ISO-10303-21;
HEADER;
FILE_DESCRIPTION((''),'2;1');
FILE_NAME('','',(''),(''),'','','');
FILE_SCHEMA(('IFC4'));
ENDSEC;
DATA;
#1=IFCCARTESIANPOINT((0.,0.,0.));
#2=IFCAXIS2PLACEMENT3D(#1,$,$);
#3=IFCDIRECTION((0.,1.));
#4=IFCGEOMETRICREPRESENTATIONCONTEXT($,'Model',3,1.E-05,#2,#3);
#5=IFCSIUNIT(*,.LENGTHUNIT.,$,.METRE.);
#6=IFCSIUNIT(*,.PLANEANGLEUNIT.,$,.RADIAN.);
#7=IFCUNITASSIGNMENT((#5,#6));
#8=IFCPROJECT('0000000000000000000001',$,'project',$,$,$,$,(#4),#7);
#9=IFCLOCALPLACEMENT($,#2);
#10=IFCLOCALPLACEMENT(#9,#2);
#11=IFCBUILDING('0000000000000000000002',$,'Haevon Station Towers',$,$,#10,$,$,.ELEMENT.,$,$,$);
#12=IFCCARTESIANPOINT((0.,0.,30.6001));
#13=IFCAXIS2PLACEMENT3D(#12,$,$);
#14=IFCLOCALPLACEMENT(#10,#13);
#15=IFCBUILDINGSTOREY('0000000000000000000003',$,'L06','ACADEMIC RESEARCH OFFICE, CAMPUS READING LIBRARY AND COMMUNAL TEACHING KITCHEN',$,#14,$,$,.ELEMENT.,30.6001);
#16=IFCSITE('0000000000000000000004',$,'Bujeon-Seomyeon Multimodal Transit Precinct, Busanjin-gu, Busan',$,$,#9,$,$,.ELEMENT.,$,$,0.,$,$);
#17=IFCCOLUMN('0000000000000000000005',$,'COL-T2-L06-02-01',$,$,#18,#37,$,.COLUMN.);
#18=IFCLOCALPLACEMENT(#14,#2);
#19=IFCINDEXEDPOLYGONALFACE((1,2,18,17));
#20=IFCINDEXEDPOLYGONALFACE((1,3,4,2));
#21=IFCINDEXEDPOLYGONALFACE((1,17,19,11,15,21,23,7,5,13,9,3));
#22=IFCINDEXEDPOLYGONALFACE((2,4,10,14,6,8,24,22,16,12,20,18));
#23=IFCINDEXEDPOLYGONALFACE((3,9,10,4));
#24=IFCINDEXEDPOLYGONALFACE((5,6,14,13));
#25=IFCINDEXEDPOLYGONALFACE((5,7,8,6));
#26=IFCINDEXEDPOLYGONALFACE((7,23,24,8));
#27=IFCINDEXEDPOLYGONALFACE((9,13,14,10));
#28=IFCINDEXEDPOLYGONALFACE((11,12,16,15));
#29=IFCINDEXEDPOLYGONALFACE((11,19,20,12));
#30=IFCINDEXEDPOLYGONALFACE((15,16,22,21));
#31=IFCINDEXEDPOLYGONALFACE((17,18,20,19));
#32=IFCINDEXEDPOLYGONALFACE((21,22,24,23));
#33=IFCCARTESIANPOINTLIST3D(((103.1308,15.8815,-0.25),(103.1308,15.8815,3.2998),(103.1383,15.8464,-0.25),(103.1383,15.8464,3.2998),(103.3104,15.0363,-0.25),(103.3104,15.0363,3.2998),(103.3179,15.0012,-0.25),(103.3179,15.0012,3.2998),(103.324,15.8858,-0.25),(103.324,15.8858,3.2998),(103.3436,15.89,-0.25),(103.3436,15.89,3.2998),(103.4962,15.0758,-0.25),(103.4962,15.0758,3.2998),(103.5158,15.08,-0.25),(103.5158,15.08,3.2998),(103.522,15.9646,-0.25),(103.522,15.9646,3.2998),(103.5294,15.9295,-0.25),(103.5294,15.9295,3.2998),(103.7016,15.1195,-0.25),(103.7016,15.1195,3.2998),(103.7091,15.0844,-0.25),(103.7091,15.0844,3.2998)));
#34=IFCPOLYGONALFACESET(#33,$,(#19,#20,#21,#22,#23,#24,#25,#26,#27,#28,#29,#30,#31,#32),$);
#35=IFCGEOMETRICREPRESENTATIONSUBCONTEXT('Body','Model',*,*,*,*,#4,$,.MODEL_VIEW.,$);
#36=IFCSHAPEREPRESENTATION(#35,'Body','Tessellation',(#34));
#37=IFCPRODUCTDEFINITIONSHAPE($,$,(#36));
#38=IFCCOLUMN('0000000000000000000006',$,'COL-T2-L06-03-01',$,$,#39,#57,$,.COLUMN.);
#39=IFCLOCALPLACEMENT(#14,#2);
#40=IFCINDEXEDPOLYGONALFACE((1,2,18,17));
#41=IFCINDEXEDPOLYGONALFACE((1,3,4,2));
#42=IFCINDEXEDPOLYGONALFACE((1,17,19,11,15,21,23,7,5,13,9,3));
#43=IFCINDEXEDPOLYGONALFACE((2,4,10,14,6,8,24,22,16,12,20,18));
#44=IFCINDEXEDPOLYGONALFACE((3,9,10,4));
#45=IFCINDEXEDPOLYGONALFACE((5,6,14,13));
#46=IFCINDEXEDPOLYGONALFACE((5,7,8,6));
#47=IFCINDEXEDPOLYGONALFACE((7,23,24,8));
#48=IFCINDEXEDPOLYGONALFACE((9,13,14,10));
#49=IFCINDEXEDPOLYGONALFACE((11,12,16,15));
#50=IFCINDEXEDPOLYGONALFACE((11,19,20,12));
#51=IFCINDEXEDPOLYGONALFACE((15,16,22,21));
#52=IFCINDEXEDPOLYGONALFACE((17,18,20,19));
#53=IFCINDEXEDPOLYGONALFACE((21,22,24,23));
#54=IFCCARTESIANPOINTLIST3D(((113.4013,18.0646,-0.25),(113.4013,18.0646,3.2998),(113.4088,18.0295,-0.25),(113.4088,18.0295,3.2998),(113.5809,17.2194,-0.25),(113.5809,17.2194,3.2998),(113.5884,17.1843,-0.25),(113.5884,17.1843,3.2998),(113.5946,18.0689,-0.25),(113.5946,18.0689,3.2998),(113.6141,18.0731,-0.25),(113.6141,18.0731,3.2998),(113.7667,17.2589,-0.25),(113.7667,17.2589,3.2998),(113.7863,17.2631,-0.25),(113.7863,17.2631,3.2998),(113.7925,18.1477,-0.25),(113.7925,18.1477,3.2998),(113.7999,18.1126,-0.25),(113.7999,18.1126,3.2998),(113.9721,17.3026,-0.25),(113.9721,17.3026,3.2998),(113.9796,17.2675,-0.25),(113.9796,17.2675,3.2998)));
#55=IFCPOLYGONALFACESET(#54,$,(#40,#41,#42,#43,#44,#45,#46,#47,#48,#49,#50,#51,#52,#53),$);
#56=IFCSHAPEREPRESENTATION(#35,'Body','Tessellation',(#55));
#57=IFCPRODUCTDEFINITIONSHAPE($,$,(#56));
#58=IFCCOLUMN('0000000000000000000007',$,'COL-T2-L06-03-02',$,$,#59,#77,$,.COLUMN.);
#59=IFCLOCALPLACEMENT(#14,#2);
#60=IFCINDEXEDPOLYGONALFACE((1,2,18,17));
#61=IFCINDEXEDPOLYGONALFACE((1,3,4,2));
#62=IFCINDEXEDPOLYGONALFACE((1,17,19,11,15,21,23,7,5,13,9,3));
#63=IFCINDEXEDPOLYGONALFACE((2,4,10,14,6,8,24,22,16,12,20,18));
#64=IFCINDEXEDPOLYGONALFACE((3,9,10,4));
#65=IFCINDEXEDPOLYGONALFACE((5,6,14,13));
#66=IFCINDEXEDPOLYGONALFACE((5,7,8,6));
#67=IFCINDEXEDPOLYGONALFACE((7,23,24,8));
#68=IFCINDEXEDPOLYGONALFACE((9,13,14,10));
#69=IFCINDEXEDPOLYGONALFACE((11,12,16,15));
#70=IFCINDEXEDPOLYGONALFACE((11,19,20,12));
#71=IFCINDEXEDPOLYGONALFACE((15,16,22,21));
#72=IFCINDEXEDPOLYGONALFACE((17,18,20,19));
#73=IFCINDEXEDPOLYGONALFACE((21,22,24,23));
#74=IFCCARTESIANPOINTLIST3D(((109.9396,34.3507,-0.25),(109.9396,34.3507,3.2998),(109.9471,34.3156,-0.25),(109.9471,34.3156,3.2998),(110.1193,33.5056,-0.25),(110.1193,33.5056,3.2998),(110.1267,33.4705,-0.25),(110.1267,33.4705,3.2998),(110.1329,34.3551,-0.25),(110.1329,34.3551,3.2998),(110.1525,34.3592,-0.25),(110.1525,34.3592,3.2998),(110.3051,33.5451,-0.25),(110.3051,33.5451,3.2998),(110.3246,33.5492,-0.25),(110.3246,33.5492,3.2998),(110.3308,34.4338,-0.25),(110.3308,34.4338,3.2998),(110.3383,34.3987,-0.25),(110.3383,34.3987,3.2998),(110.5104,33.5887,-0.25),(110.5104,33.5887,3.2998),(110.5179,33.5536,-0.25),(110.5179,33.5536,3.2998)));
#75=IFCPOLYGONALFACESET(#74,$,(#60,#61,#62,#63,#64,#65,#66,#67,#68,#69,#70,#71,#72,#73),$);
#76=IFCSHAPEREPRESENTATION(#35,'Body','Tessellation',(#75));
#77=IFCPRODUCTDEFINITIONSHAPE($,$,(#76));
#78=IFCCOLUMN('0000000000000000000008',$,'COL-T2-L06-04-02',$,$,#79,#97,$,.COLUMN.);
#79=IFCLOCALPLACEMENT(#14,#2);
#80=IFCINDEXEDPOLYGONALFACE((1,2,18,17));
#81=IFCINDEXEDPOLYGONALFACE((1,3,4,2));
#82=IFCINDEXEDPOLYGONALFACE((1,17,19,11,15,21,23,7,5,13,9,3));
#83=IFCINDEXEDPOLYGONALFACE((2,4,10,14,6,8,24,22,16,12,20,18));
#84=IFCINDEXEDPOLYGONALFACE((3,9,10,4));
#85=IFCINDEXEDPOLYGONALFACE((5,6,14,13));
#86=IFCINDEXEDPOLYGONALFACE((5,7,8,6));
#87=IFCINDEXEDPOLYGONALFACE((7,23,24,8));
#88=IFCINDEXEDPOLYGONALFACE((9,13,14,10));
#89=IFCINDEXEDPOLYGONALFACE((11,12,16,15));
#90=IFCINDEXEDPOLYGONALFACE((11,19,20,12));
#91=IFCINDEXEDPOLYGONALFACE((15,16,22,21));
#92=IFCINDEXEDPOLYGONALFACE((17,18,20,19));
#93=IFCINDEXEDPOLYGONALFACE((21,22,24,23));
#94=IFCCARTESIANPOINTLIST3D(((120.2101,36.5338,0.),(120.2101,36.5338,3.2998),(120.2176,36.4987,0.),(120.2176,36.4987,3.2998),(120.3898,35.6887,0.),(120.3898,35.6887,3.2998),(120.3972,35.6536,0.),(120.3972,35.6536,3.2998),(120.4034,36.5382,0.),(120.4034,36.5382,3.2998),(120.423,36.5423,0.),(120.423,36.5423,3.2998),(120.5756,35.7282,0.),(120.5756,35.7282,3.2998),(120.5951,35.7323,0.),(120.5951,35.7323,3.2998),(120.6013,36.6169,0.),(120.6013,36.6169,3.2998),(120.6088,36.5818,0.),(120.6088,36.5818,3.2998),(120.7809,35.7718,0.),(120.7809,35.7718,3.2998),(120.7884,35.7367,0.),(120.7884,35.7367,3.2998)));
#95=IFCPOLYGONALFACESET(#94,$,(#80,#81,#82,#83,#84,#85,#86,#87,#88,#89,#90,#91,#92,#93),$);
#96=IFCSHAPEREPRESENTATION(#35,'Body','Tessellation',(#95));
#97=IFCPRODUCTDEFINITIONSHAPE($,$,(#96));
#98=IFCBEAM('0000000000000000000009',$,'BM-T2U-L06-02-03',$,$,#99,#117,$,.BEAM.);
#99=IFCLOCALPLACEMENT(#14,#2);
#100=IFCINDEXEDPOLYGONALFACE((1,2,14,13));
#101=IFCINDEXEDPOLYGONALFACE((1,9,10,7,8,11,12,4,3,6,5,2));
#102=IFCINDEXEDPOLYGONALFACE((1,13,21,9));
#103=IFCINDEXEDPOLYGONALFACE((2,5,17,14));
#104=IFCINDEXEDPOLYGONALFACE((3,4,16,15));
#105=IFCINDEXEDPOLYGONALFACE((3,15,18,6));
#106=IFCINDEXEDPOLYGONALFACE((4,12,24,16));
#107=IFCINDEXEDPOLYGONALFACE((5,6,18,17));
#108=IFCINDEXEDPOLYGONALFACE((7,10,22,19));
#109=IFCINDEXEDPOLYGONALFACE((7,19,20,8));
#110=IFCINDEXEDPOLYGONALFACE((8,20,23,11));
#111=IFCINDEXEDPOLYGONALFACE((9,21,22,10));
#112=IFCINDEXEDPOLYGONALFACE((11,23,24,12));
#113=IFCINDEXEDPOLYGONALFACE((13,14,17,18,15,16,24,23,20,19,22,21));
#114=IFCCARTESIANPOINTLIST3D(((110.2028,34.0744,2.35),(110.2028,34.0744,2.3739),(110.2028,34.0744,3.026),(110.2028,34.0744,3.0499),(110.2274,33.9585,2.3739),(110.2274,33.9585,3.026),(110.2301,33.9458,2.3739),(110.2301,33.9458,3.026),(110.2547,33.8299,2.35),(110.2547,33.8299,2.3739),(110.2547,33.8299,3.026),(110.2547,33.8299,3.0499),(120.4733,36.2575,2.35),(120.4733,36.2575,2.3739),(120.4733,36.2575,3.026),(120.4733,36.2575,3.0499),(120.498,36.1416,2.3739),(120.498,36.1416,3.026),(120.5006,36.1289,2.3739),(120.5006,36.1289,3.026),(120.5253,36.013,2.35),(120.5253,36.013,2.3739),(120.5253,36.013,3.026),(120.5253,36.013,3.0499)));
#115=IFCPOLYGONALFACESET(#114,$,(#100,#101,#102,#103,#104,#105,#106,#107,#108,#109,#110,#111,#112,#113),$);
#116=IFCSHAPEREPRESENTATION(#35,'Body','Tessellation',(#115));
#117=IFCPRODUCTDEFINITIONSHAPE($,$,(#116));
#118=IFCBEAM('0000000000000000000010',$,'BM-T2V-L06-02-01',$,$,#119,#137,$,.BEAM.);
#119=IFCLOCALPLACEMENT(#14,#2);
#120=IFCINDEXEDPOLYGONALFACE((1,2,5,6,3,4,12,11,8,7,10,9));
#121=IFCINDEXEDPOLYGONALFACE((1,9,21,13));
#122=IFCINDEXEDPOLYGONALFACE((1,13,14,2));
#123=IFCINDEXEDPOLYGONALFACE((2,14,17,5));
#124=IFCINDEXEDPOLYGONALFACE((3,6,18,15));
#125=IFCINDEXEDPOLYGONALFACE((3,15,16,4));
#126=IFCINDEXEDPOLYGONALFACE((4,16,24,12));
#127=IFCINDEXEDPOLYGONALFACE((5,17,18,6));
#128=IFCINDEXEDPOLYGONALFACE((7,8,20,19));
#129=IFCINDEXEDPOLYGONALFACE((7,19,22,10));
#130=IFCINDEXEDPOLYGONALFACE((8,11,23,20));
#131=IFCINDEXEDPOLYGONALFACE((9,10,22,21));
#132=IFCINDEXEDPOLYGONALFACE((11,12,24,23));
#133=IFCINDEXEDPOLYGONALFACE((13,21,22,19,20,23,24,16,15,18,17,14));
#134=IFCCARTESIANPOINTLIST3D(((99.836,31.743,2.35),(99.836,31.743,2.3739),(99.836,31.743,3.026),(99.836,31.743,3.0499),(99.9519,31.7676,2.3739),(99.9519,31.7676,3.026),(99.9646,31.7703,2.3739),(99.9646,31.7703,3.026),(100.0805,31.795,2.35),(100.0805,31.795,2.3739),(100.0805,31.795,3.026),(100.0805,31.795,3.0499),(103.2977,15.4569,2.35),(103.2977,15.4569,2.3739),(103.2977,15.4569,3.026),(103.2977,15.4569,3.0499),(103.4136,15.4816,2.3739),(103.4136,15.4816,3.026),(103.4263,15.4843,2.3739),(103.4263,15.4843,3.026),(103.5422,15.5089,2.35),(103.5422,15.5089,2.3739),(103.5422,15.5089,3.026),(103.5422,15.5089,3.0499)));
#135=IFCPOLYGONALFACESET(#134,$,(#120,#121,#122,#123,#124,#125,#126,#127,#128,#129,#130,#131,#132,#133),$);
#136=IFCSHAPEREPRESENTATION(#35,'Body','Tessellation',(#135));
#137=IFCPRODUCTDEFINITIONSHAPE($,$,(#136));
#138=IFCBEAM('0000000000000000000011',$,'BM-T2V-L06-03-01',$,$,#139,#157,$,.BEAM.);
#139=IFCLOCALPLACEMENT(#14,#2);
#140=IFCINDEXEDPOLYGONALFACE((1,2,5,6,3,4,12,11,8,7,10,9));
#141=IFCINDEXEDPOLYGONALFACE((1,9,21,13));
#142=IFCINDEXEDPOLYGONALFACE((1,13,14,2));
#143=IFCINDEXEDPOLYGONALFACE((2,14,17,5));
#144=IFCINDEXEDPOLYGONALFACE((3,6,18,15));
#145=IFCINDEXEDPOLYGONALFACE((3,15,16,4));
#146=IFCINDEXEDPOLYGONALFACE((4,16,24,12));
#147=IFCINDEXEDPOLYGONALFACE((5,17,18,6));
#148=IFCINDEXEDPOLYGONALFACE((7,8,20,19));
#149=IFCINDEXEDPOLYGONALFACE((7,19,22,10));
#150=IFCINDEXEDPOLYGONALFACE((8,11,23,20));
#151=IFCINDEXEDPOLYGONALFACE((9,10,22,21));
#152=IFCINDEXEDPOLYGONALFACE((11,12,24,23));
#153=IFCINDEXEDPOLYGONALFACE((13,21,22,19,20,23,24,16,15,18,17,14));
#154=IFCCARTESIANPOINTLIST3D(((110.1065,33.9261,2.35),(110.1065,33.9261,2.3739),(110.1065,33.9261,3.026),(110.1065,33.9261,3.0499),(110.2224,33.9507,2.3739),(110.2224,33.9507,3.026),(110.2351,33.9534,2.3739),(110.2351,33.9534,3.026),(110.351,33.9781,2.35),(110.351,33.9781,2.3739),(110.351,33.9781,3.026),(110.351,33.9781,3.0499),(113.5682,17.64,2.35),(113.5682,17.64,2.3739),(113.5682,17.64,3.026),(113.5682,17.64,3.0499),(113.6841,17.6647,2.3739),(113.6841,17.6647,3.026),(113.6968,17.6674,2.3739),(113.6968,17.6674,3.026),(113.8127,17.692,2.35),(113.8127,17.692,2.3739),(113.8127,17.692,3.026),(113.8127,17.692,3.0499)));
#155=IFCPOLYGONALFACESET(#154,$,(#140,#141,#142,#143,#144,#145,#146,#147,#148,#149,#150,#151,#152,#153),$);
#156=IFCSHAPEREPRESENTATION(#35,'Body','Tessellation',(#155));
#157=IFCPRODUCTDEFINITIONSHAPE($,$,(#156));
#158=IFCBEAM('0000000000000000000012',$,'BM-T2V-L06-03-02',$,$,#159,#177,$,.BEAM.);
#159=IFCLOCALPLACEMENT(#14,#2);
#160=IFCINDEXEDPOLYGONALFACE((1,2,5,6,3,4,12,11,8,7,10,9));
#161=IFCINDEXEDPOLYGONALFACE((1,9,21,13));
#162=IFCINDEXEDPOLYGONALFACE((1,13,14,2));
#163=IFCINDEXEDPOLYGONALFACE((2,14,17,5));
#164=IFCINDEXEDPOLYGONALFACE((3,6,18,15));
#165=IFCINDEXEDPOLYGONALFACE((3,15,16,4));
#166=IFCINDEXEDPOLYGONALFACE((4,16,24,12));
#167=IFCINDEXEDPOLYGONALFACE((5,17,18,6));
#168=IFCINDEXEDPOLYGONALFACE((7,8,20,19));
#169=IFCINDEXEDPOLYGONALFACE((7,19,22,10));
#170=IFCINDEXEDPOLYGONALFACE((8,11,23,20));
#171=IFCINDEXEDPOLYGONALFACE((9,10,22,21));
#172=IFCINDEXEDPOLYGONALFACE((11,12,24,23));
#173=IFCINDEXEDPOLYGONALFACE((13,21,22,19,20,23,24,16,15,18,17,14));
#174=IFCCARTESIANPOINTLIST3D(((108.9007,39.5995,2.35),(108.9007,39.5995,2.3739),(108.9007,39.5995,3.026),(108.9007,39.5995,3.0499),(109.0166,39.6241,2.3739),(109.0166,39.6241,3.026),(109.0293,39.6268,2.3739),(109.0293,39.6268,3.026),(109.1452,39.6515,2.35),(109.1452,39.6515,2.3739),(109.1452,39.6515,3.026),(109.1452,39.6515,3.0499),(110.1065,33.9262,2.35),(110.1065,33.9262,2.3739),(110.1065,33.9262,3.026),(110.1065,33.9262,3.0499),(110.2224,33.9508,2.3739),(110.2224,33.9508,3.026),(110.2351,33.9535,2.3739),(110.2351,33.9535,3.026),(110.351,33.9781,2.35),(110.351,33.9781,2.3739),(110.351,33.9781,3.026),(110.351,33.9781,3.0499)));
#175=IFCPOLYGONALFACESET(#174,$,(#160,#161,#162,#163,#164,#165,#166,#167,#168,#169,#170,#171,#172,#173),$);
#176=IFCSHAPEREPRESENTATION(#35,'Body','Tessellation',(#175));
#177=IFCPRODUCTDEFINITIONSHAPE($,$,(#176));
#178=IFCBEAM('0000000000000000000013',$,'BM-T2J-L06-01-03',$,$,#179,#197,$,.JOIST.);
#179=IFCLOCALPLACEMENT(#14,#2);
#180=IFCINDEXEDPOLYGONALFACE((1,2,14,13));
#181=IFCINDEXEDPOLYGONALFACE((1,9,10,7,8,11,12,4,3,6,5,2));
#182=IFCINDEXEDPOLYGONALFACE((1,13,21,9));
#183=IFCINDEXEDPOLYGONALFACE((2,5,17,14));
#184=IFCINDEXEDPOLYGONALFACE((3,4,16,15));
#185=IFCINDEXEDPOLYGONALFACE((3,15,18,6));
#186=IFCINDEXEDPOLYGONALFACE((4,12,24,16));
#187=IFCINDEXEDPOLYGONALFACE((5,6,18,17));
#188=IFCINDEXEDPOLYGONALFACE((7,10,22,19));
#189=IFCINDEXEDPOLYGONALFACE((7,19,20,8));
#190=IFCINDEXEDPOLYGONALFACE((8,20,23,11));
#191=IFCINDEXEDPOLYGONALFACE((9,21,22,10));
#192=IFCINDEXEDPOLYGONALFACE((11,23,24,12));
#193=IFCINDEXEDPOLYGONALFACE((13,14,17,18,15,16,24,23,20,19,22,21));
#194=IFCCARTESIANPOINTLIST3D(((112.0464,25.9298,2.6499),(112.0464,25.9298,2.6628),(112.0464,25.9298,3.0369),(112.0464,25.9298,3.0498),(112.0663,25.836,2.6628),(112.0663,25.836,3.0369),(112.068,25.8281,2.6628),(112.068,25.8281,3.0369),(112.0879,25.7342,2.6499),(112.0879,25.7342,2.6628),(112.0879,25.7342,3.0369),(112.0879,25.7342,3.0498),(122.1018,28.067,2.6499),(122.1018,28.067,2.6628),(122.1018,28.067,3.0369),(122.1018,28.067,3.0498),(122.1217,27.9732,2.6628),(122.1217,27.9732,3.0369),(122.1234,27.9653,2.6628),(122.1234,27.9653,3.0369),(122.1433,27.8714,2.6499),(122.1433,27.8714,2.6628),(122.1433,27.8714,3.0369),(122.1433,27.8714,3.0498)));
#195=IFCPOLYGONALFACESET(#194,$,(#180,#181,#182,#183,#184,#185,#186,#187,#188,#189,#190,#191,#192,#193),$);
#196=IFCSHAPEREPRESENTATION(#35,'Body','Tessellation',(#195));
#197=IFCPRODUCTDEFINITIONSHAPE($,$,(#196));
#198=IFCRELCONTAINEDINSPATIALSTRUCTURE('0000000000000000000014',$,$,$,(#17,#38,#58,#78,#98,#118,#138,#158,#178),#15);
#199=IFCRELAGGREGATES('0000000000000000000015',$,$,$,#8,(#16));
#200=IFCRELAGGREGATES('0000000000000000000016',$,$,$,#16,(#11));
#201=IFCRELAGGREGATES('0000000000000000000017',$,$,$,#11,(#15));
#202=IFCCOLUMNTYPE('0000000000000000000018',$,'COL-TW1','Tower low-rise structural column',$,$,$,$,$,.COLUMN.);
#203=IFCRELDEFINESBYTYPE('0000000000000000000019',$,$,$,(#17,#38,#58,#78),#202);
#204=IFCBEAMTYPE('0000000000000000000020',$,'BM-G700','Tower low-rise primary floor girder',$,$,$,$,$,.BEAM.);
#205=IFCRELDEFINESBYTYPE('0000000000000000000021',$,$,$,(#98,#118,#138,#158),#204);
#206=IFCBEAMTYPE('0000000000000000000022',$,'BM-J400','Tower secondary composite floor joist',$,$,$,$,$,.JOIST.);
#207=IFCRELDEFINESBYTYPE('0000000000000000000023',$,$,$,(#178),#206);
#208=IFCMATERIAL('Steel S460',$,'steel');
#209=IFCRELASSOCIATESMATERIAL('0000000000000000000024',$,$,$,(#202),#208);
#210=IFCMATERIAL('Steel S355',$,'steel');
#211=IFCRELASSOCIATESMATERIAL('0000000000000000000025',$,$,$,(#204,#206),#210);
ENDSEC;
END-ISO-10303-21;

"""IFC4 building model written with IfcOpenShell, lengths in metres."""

from ifc_helpers import new_model, si_unit, direction, frame, origin, origin_2d, place, context, subcontext, project, spatial, i_section, extrude, material, material_profile, profile_set, type_object, element, save


model = new_model("IFC4")

# Units and contexts
model_context = context("Model", 3, precision=1e-05, world=origin(), true_north=direction((0.0, 1.0)))
body_context = subcontext(model_context, "Body", "Model", "MODEL_VIEW")
ifc_project = project(units=[si_unit("LENGTHUNIT", "METRE"), si_unit("PLANEANGLEUNIT", "RADIAN")], contexts=[model_context])

# Site, building, storey
site_placement = place(None, origin())
site = spatial("IfcSite", under=ifc_project, at=site_placement, Name="Bujeon-Seomyeon Multimodal Transit Precinct, Busanjin-gu, Busan", CompositionType="ELEMENT", RefElevation=0.0)
building_placement = place(site_placement, origin())
building = spatial("IfcBuilding", under=site, at=building_placement, Name="Haevon Station Towers", CompositionType="ELEMENT")
storey_placement = place(building_placement, frame((0.0, 0.0, 30.6001)))
storey = spatial("IfcBuildingStorey", under=building, at=storey_placement, Name="L06", Description="ACADEMIC RESEARCH OFFICE, CAMPUS READING LIBRARY AND COMMUNAL TEACHING KITCHEN", CompositionType="ELEMENT", Elevation=30.6001)

# Columns
ifc_material_1 = material(Name="Steel S460", Category="steel")
ifc_material_profile_1 = material_profile(ifc_material_1, i_section(OverallWidth=0.3999, OverallDepth=0.8999, WebThickness=0.02, FlangeThickness=0.0359, at=origin_2d()), Name="H-900x400x20x36")
ifc_profile_set_1 = profile_set([ifc_material_profile_1], Name="Steel S460")
column_type = type_object("IfcColumnType", Name="COL-TW1", Description="Tower low-rise structural column", PredefinedType="COLUMN", material=ifc_profile_set_1)
for number, where, z_axis, x_axis, name in (
    (1, (103.4199, 15.4829, -0.25), (0.0, 0.0, 1.0), (0.978148, 0.207912, 0.0), "COL-T2-L06-02-01"),
    (2, (113.6904, 17.666, -0.25), (0.0, 0.0, 1.0), (0.978148, 0.207912, 0.0), "COL-T2-L06-03-01"),
    (3, (110.2288, 33.9521, -0.25), (0.0, 0.0, 1.0), (0.978148, 0.207912, 0.0), "COL-T2-L06-03-02"),
):
    element("IfcColumn", number, at=place(storey_placement, frame(where, z_axis=z_axis, x_axis=x_axis)), inside=storey, type_object=column_type, Name=name, PredefinedType="COLUMN", context=body_context, shape_type="SweptSolid", body=[
        extrude(i_section(OverallWidth=0.3999, OverallDepth=0.8999, WebThickness=0.02, FlangeThickness=0.0359, at=origin_2d()), origin(), (0.0, 0.0, 1.0), 3.5498),
    ])
column_placement = place(storey_placement, frame((120.4993, 36.1353, 0.0), z_axis=(0.0, 0.0, 1.0), x_axis=(0.978148, 0.207912, 0.0)))
element("IfcColumn", 4, at=column_placement, inside=storey, type_object=column_type, Name="COL-T2-L06-04-02", PredefinedType="COLUMN", context=body_context, shape_type="SweptSolid", body=[
    extrude(i_section(OverallWidth=0.3999, OverallDepth=0.8999, WebThickness=0.02, FlangeThickness=0.0359, at=origin_2d()), origin(), (0.0, 0.0, 1.0), 3.2998),
])

# Beams
ifc_material_2 = material(Name="Steel S355", Category="steel")
ifc_material_profile_2 = material_profile(ifc_material_2, i_section(OverallWidth=0.25, OverallDepth=0.7, WebThickness=0.0129, FlangeThickness=0.0239, at=origin_2d()), Name="H-700x250x13x24")
ifc_profile_set_2 = profile_set([ifc_material_profile_2], Name="Steel S355")
beam_type_1 = type_object("IfcBeamType", Name="BM-G700", Description="Tower low-rise primary floor girder", PredefinedType="BEAM", material=ifc_profile_set_2)
beam_1_placement = place(storey_placement, frame((110.2288, 33.9521, 2.7), z_axis=(0.978147, 0.207915, 0.0), x_axis=(-0.207915, 0.978147, 0.0)))
element("IfcBeam", 5, at=beam_1_placement, inside=storey, type_object=beam_type_1, Name="BM-T2U-L06-02-03", PredefinedType="BEAM", context=body_context, shape_type="SweptSolid", body=[
    extrude(i_section(OverallWidth=0.25, OverallDepth=0.7, WebThickness=0.0129, FlangeThickness=0.0239, at=origin_2d()), origin(), (0.0, 0.0, 1.0), 10.5),
])
for number, where, z_axis, x_axis, name in (
    (6, (103.4199, 15.4829, 2.7), (-0.207909, 0.978148, 0.0), (-0.978148, -0.207909, 0.0), "BM-T2V-L06-02-01"),
    (7, (113.6904, 17.666, 2.7), (-0.207909, 0.978148, 0.0), (-0.978148, -0.207909, 0.0), "BM-T2V-L06-03-01"),
):
    element("IfcBeam", number, at=place(storey_placement, frame(where, z_axis=z_axis, x_axis=x_axis)), inside=storey, type_object=beam_type_1, Name=name, PredefinedType="BEAM", context=body_context, shape_type="SweptSolid", body=[
        extrude(i_section(OverallWidth=0.25, OverallDepth=0.7, WebThickness=0.0129, FlangeThickness=0.0239, at=origin_2d()), origin(), (0.0, 0.0, 1.0), 16.6499),
    ])
beam_2_placement = place(storey_placement, frame((110.2288, 33.9521, 2.7), z_axis=(-0.207896, 0.978151, 0.0), x_axis=(-0.978151, -0.207896, 0.0)))
element("IfcBeam", 8, at=beam_2_placement, inside=storey, type_object=beam_type_1, Name="BM-T2V-L06-03-02", PredefinedType="BEAM", context=body_context, shape_type="SweptSolid", body=[
    extrude(i_section(OverallWidth=0.25, OverallDepth=0.7, WebThickness=0.0129, FlangeThickness=0.0239, at=origin_2d()), origin(), (0.0, 0.0, 1.0), 5.8),
])
ifc_material_profile_3 = material_profile(ifc_material_2, i_section(OverallWidth=0.2, OverallDepth=0.3999, WebThickness=0.0081, FlangeThickness=0.0129, at=origin_2d()), Name="H-400x200x8x13")
ifc_profile_set_3 = profile_set([ifc_material_profile_3], Name="Steel S355")
beam_type_2 = type_object("IfcBeamType", Name="BM-J400", Description="Tower secondary composite floor joist", PredefinedType="JOIST", material=ifc_profile_set_3)
for number, where, z_axis, x_axis, name in (
    (9, (112.0671, 25.832, 2.8499), (0.97815, 0.207899, 0.0), (-0.207899, 0.97815, 0.0), "BM-T2J-L06-01-03"),
):
    element("IfcBeam", number, at=place(storey_placement, frame(where, z_axis=z_axis, x_axis=x_axis)), inside=storey, type_object=beam_type_2, Name=name, PredefinedType="JOIST", context=body_context, shape_type="SweptSolid", body=[
        extrude(i_section(OverallWidth=0.2, OverallDepth=0.3999, WebThickness=0.0081, FlangeThickness=0.0129, at=origin_2d()), origin(), (0.0, 0.0, 1.0), 10.28),
    ])

save(model, "model.ifc")
